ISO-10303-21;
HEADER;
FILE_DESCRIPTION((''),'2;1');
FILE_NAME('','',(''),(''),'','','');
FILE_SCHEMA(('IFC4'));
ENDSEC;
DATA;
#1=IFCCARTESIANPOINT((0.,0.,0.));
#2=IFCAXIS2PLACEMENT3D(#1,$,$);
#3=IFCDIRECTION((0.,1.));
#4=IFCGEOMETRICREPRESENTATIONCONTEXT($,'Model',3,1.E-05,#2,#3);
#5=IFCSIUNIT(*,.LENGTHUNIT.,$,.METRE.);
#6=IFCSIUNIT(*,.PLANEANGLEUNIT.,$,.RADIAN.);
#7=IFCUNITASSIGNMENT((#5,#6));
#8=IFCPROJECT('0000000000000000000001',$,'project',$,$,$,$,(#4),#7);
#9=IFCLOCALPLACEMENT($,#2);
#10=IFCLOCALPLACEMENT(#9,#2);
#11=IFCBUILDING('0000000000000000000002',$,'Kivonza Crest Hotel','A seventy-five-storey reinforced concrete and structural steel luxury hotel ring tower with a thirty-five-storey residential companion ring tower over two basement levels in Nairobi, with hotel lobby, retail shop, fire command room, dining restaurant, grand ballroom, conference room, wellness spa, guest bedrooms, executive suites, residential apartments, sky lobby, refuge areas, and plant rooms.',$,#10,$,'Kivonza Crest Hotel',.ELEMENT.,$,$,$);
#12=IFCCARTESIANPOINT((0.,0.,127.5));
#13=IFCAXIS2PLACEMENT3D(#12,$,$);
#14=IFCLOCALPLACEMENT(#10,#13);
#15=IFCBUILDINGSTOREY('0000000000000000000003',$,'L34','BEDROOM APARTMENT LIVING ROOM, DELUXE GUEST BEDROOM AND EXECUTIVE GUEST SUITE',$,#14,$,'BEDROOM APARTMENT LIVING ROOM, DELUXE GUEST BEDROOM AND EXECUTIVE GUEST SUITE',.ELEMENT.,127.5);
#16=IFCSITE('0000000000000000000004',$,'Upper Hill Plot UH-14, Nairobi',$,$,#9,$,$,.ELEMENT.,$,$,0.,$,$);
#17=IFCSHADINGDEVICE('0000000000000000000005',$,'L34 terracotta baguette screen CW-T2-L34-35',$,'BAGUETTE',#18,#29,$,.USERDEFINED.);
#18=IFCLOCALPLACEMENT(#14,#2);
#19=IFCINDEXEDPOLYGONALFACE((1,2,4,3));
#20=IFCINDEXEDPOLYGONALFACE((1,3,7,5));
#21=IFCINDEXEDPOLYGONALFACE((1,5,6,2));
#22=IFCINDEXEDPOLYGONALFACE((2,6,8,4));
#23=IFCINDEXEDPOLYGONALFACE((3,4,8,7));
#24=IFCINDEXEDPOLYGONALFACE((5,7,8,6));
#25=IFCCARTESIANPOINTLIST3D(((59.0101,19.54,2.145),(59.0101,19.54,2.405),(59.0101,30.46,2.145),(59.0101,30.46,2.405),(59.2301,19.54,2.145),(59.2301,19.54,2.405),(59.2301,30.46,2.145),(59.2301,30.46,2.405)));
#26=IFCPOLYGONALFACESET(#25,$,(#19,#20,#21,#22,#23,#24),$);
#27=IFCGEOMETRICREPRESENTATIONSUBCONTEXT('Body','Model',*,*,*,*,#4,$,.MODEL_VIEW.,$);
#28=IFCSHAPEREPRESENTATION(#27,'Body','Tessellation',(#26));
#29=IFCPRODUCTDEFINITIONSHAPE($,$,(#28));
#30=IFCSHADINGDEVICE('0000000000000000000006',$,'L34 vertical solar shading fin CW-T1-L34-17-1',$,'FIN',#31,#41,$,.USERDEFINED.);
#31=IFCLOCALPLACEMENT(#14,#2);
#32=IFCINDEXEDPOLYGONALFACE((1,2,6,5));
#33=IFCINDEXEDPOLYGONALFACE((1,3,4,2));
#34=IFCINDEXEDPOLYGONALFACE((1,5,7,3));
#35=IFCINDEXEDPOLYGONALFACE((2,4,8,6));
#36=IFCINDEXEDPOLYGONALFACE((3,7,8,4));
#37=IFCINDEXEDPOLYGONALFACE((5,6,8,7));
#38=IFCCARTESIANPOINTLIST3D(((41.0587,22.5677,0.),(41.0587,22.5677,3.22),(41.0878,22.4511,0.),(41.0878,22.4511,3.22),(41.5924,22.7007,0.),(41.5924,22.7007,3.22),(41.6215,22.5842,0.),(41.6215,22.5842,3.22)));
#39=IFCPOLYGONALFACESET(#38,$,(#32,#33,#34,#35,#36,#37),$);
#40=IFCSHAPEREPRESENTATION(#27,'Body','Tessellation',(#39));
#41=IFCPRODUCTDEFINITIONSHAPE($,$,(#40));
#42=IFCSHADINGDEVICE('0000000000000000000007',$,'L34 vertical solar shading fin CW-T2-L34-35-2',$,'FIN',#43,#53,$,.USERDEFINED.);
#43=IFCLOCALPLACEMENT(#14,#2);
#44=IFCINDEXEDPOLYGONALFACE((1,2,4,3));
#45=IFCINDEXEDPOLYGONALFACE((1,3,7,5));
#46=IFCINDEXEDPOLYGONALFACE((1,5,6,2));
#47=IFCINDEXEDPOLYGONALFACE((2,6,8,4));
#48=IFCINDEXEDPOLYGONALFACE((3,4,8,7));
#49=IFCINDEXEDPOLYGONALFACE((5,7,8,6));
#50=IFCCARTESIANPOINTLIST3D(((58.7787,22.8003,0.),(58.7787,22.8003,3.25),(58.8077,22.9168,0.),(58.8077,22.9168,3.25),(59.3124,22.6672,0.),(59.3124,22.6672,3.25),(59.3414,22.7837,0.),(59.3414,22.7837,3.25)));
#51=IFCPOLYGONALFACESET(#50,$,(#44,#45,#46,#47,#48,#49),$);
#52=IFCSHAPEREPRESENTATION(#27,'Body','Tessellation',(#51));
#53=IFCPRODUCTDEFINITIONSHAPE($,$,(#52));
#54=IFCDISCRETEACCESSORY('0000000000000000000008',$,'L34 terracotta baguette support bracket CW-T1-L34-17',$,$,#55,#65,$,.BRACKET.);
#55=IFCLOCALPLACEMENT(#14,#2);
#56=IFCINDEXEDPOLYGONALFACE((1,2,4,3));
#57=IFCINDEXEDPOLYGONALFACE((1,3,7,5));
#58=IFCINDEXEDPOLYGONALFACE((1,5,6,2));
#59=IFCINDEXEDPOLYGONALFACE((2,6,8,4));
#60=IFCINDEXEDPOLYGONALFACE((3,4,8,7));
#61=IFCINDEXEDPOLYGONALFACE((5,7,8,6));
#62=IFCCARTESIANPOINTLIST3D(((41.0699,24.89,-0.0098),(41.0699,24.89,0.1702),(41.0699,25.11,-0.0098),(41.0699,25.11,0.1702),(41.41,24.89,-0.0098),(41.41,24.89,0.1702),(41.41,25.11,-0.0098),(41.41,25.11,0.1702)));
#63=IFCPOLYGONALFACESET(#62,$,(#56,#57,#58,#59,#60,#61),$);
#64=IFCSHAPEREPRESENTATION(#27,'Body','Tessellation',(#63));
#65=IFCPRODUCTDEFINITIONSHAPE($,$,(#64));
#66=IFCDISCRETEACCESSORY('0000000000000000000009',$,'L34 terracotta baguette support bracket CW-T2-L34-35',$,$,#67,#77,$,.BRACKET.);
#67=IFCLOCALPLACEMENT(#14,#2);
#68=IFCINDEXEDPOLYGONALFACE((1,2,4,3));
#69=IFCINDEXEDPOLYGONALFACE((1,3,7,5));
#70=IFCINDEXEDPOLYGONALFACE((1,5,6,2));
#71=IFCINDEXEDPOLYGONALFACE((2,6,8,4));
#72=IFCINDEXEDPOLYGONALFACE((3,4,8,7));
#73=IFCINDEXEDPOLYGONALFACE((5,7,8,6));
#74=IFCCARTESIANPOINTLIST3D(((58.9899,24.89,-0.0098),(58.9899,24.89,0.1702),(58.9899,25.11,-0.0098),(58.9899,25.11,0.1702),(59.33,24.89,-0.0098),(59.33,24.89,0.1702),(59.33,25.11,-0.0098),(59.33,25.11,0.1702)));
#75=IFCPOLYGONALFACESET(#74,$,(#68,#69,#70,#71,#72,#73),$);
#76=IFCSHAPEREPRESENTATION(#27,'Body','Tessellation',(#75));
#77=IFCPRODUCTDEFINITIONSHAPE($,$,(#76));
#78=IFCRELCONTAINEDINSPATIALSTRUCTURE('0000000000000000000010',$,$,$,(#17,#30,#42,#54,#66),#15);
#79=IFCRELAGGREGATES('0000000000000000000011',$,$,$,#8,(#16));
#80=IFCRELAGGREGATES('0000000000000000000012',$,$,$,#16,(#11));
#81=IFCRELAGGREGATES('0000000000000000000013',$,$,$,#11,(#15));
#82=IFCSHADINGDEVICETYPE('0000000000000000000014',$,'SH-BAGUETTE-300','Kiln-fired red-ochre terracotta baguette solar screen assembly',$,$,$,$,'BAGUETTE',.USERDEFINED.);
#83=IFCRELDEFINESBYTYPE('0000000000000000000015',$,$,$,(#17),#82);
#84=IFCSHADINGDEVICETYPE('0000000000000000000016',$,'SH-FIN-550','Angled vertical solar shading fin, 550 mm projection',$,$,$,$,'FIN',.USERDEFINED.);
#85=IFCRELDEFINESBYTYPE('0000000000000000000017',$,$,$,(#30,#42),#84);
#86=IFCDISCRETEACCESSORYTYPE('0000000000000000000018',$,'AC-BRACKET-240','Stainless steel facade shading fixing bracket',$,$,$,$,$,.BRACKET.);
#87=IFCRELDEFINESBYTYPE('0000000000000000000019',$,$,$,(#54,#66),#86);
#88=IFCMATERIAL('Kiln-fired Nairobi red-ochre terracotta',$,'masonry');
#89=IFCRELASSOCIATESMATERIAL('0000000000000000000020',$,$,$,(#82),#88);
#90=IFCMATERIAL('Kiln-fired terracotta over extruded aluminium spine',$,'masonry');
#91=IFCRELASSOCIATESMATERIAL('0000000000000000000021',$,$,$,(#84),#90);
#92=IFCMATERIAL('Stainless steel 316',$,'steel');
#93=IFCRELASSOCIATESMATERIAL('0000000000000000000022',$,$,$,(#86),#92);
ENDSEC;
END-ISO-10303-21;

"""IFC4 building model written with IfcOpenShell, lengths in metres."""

from ifc_helpers import new_model, si_unit, direction, frame, origin, origin_2d, place, context, subcontext, project, spatial, rectangle, extrude, material, type_object, element, save


model = new_model("IFC4")

# Units and contexts
model_context = context("Model", 3, precision=1e-05, world=origin(), true_north=direction((0.0, 1.0)))
body_context = subcontext(model_context, "Body", "Model", "MODEL_VIEW")
ifc_project = project(units=[si_unit("LENGTHUNIT", "METRE"), si_unit("PLANEANGLEUNIT", "RADIAN")], contexts=[model_context])

# Site, building, storey
site_placement = place(None, origin())
site = spatial("IfcSite", under=ifc_project, at=site_placement, Name="Upper Hill Plot UH-14, Nairobi", CompositionType="ELEMENT", RefElevation=0.0)
building_placement = place(site_placement, origin())
building = spatial("IfcBuilding", under=site, at=building_placement, Name="Kivonza Crest Hotel", Description="A seventy-five-storey reinforced concrete and structural steel luxury hotel ring tower with a thirty-five-storey residential companion ring tower over two basement levels in Nairobi, with hotel lobby, retail shop, fire command room, dining restaurant, grand ballroom, conference room, wellness spa, guest bedrooms, executive suites, residential apartments, sky lobby, refuge areas, and plant rooms.", LongName="Kivonza Crest Hotel", CompositionType="ELEMENT")
storey_placement = place(building_placement, frame((0.0, 0.0, 127.5)))
storey = spatial("IfcBuildingStorey", under=building, at=storey_placement, Name="L34", Description="BEDROOM APARTMENT LIVING ROOM, DELUXE GUEST BEDROOM AND EXECUTIVE GUEST SUITE", LongName="BEDROOM APARTMENT LIVING ROOM, DELUXE GUEST BEDROOM AND EXECUTIVE GUEST SUITE", CompositionType="ELEMENT", Elevation=127.5)

# Shading devices
ifc_material_1 = material(Name="Kiln-fired Nairobi red-ochre terracotta", Category="masonry")
shading_device_type_1 = type_object("IfcShadingDeviceType", Name="SH-BAGUETTE-300", Description="Kiln-fired red-ochre terracotta baguette solar screen assembly", ElementType="BAGUETTE", PredefinedType="USERDEFINED", material=ifc_material_1)
shading_device_1_placement = place(storey_placement, frame((59.1201, 25.0, 2.145), z_axis=(0.0, 0.0, 1.0), x_axis=(0.0, -1.0, 0.0)))
element("IfcShadingDevice", 1, at=shading_device_1_placement, inside=storey, type_object=shading_device_type_1, Name="L34 terracotta baguette screen CW-T2-L34-35", ObjectType="BAGUETTE", PredefinedType="USERDEFINED", context=body_context, shape_type="SweptSolid", body=[
    extrude(rectangle(XDim=10.9199, YDim=0.22, at=origin_2d()), origin(), (0.0, 0.0, 1.0), 0.26),
])
ifc_material_2 = material(Name="Kiln-fired terracotta over extruded aluminium spine", Category="masonry")
shading_device_type_2 = type_object("IfcShadingDeviceType", Name="SH-FIN-550", Description="Angled vertical solar shading fin, 550 mm projection", ElementType="FIN", PredefinedType="USERDEFINED", material=ifc_material_2)
shading_device_2_placement = place(storey_placement, frame((41.3401, 22.5759, 0.0), z_axis=(0.0, 0.0, 1.0), x_axis=(-0.241922, 0.970296, 0.0)))
element("IfcShadingDevice", 2, at=shading_device_2_placement, inside=storey, type_object=shading_device_type_2, Name="L34 vertical solar shading fin CW-T1-L34-17-1", ObjectType="FIN", PredefinedType="USERDEFINED", context=body_context, shape_type="SweptSolid", body=[
    extrude(rectangle(XDim=0.1201, YDim=0.55, at=origin_2d()), origin(), (0.0, 0.0, 1.0), 3.22),
])
shading_device_3_placement = place(storey_placement, frame((59.0601, 22.792, 0.0), z_axis=(0.0, 0.0, 1.0), x_axis=(-0.241922, -0.970296, 0.0)))
element("IfcShadingDevice", 3, at=shading_device_3_placement, inside=storey, type_object=shading_device_type_2, Name="L34 vertical solar shading fin CW-T2-L34-35-2", ObjectType="FIN", PredefinedType="USERDEFINED", context=body_context, shape_type="SweptSolid", body=[
    extrude(rectangle(XDim=0.1201, YDim=0.55, at=origin_2d()), origin(), (0.0, 0.0, 1.0), 3.25),
])

# Discrete accessories
ifc_material_3 = material(Name="Stainless steel 316", Category="steel")
discrete_accessory_type = type_object("IfcDiscreteAccessoryType", Name="AC-BRACKET-240", Description="Stainless steel facade shading fixing bracket", PredefinedType="BRACKET", material=ifc_material_3)
for number, where, z_axis, x_axis, name in (
    (4, (41.24, 25.0, -0.0098), (0.0, 0.0, 1.0), (0.0, 1.0, 0.0), "L34 terracotta baguette support bracket CW-T1-L34-17"),
    (5, (59.1599, 25.0, -0.0098), (0.0, 0.0, 1.0), (0.0, -1.0, 0.0), "L34 terracotta baguette support bracket CW-T2-L34-35"),
):
    element("IfcDiscreteAccessory", number, at=place(storey_placement, frame(where, z_axis=z_axis, x_axis=x_axis)), inside=storey, type_object=discrete_accessory_type, Name=name, PredefinedType="BRACKET", context=body_context, shape_type="SweptSolid", body=[
        extrude(rectangle(XDim=0.22, YDim=0.3401, at=origin_2d()), origin(), (0.0, 0.0, 1.0), 0.1799),
    ])

save(model, "model.ifc")
